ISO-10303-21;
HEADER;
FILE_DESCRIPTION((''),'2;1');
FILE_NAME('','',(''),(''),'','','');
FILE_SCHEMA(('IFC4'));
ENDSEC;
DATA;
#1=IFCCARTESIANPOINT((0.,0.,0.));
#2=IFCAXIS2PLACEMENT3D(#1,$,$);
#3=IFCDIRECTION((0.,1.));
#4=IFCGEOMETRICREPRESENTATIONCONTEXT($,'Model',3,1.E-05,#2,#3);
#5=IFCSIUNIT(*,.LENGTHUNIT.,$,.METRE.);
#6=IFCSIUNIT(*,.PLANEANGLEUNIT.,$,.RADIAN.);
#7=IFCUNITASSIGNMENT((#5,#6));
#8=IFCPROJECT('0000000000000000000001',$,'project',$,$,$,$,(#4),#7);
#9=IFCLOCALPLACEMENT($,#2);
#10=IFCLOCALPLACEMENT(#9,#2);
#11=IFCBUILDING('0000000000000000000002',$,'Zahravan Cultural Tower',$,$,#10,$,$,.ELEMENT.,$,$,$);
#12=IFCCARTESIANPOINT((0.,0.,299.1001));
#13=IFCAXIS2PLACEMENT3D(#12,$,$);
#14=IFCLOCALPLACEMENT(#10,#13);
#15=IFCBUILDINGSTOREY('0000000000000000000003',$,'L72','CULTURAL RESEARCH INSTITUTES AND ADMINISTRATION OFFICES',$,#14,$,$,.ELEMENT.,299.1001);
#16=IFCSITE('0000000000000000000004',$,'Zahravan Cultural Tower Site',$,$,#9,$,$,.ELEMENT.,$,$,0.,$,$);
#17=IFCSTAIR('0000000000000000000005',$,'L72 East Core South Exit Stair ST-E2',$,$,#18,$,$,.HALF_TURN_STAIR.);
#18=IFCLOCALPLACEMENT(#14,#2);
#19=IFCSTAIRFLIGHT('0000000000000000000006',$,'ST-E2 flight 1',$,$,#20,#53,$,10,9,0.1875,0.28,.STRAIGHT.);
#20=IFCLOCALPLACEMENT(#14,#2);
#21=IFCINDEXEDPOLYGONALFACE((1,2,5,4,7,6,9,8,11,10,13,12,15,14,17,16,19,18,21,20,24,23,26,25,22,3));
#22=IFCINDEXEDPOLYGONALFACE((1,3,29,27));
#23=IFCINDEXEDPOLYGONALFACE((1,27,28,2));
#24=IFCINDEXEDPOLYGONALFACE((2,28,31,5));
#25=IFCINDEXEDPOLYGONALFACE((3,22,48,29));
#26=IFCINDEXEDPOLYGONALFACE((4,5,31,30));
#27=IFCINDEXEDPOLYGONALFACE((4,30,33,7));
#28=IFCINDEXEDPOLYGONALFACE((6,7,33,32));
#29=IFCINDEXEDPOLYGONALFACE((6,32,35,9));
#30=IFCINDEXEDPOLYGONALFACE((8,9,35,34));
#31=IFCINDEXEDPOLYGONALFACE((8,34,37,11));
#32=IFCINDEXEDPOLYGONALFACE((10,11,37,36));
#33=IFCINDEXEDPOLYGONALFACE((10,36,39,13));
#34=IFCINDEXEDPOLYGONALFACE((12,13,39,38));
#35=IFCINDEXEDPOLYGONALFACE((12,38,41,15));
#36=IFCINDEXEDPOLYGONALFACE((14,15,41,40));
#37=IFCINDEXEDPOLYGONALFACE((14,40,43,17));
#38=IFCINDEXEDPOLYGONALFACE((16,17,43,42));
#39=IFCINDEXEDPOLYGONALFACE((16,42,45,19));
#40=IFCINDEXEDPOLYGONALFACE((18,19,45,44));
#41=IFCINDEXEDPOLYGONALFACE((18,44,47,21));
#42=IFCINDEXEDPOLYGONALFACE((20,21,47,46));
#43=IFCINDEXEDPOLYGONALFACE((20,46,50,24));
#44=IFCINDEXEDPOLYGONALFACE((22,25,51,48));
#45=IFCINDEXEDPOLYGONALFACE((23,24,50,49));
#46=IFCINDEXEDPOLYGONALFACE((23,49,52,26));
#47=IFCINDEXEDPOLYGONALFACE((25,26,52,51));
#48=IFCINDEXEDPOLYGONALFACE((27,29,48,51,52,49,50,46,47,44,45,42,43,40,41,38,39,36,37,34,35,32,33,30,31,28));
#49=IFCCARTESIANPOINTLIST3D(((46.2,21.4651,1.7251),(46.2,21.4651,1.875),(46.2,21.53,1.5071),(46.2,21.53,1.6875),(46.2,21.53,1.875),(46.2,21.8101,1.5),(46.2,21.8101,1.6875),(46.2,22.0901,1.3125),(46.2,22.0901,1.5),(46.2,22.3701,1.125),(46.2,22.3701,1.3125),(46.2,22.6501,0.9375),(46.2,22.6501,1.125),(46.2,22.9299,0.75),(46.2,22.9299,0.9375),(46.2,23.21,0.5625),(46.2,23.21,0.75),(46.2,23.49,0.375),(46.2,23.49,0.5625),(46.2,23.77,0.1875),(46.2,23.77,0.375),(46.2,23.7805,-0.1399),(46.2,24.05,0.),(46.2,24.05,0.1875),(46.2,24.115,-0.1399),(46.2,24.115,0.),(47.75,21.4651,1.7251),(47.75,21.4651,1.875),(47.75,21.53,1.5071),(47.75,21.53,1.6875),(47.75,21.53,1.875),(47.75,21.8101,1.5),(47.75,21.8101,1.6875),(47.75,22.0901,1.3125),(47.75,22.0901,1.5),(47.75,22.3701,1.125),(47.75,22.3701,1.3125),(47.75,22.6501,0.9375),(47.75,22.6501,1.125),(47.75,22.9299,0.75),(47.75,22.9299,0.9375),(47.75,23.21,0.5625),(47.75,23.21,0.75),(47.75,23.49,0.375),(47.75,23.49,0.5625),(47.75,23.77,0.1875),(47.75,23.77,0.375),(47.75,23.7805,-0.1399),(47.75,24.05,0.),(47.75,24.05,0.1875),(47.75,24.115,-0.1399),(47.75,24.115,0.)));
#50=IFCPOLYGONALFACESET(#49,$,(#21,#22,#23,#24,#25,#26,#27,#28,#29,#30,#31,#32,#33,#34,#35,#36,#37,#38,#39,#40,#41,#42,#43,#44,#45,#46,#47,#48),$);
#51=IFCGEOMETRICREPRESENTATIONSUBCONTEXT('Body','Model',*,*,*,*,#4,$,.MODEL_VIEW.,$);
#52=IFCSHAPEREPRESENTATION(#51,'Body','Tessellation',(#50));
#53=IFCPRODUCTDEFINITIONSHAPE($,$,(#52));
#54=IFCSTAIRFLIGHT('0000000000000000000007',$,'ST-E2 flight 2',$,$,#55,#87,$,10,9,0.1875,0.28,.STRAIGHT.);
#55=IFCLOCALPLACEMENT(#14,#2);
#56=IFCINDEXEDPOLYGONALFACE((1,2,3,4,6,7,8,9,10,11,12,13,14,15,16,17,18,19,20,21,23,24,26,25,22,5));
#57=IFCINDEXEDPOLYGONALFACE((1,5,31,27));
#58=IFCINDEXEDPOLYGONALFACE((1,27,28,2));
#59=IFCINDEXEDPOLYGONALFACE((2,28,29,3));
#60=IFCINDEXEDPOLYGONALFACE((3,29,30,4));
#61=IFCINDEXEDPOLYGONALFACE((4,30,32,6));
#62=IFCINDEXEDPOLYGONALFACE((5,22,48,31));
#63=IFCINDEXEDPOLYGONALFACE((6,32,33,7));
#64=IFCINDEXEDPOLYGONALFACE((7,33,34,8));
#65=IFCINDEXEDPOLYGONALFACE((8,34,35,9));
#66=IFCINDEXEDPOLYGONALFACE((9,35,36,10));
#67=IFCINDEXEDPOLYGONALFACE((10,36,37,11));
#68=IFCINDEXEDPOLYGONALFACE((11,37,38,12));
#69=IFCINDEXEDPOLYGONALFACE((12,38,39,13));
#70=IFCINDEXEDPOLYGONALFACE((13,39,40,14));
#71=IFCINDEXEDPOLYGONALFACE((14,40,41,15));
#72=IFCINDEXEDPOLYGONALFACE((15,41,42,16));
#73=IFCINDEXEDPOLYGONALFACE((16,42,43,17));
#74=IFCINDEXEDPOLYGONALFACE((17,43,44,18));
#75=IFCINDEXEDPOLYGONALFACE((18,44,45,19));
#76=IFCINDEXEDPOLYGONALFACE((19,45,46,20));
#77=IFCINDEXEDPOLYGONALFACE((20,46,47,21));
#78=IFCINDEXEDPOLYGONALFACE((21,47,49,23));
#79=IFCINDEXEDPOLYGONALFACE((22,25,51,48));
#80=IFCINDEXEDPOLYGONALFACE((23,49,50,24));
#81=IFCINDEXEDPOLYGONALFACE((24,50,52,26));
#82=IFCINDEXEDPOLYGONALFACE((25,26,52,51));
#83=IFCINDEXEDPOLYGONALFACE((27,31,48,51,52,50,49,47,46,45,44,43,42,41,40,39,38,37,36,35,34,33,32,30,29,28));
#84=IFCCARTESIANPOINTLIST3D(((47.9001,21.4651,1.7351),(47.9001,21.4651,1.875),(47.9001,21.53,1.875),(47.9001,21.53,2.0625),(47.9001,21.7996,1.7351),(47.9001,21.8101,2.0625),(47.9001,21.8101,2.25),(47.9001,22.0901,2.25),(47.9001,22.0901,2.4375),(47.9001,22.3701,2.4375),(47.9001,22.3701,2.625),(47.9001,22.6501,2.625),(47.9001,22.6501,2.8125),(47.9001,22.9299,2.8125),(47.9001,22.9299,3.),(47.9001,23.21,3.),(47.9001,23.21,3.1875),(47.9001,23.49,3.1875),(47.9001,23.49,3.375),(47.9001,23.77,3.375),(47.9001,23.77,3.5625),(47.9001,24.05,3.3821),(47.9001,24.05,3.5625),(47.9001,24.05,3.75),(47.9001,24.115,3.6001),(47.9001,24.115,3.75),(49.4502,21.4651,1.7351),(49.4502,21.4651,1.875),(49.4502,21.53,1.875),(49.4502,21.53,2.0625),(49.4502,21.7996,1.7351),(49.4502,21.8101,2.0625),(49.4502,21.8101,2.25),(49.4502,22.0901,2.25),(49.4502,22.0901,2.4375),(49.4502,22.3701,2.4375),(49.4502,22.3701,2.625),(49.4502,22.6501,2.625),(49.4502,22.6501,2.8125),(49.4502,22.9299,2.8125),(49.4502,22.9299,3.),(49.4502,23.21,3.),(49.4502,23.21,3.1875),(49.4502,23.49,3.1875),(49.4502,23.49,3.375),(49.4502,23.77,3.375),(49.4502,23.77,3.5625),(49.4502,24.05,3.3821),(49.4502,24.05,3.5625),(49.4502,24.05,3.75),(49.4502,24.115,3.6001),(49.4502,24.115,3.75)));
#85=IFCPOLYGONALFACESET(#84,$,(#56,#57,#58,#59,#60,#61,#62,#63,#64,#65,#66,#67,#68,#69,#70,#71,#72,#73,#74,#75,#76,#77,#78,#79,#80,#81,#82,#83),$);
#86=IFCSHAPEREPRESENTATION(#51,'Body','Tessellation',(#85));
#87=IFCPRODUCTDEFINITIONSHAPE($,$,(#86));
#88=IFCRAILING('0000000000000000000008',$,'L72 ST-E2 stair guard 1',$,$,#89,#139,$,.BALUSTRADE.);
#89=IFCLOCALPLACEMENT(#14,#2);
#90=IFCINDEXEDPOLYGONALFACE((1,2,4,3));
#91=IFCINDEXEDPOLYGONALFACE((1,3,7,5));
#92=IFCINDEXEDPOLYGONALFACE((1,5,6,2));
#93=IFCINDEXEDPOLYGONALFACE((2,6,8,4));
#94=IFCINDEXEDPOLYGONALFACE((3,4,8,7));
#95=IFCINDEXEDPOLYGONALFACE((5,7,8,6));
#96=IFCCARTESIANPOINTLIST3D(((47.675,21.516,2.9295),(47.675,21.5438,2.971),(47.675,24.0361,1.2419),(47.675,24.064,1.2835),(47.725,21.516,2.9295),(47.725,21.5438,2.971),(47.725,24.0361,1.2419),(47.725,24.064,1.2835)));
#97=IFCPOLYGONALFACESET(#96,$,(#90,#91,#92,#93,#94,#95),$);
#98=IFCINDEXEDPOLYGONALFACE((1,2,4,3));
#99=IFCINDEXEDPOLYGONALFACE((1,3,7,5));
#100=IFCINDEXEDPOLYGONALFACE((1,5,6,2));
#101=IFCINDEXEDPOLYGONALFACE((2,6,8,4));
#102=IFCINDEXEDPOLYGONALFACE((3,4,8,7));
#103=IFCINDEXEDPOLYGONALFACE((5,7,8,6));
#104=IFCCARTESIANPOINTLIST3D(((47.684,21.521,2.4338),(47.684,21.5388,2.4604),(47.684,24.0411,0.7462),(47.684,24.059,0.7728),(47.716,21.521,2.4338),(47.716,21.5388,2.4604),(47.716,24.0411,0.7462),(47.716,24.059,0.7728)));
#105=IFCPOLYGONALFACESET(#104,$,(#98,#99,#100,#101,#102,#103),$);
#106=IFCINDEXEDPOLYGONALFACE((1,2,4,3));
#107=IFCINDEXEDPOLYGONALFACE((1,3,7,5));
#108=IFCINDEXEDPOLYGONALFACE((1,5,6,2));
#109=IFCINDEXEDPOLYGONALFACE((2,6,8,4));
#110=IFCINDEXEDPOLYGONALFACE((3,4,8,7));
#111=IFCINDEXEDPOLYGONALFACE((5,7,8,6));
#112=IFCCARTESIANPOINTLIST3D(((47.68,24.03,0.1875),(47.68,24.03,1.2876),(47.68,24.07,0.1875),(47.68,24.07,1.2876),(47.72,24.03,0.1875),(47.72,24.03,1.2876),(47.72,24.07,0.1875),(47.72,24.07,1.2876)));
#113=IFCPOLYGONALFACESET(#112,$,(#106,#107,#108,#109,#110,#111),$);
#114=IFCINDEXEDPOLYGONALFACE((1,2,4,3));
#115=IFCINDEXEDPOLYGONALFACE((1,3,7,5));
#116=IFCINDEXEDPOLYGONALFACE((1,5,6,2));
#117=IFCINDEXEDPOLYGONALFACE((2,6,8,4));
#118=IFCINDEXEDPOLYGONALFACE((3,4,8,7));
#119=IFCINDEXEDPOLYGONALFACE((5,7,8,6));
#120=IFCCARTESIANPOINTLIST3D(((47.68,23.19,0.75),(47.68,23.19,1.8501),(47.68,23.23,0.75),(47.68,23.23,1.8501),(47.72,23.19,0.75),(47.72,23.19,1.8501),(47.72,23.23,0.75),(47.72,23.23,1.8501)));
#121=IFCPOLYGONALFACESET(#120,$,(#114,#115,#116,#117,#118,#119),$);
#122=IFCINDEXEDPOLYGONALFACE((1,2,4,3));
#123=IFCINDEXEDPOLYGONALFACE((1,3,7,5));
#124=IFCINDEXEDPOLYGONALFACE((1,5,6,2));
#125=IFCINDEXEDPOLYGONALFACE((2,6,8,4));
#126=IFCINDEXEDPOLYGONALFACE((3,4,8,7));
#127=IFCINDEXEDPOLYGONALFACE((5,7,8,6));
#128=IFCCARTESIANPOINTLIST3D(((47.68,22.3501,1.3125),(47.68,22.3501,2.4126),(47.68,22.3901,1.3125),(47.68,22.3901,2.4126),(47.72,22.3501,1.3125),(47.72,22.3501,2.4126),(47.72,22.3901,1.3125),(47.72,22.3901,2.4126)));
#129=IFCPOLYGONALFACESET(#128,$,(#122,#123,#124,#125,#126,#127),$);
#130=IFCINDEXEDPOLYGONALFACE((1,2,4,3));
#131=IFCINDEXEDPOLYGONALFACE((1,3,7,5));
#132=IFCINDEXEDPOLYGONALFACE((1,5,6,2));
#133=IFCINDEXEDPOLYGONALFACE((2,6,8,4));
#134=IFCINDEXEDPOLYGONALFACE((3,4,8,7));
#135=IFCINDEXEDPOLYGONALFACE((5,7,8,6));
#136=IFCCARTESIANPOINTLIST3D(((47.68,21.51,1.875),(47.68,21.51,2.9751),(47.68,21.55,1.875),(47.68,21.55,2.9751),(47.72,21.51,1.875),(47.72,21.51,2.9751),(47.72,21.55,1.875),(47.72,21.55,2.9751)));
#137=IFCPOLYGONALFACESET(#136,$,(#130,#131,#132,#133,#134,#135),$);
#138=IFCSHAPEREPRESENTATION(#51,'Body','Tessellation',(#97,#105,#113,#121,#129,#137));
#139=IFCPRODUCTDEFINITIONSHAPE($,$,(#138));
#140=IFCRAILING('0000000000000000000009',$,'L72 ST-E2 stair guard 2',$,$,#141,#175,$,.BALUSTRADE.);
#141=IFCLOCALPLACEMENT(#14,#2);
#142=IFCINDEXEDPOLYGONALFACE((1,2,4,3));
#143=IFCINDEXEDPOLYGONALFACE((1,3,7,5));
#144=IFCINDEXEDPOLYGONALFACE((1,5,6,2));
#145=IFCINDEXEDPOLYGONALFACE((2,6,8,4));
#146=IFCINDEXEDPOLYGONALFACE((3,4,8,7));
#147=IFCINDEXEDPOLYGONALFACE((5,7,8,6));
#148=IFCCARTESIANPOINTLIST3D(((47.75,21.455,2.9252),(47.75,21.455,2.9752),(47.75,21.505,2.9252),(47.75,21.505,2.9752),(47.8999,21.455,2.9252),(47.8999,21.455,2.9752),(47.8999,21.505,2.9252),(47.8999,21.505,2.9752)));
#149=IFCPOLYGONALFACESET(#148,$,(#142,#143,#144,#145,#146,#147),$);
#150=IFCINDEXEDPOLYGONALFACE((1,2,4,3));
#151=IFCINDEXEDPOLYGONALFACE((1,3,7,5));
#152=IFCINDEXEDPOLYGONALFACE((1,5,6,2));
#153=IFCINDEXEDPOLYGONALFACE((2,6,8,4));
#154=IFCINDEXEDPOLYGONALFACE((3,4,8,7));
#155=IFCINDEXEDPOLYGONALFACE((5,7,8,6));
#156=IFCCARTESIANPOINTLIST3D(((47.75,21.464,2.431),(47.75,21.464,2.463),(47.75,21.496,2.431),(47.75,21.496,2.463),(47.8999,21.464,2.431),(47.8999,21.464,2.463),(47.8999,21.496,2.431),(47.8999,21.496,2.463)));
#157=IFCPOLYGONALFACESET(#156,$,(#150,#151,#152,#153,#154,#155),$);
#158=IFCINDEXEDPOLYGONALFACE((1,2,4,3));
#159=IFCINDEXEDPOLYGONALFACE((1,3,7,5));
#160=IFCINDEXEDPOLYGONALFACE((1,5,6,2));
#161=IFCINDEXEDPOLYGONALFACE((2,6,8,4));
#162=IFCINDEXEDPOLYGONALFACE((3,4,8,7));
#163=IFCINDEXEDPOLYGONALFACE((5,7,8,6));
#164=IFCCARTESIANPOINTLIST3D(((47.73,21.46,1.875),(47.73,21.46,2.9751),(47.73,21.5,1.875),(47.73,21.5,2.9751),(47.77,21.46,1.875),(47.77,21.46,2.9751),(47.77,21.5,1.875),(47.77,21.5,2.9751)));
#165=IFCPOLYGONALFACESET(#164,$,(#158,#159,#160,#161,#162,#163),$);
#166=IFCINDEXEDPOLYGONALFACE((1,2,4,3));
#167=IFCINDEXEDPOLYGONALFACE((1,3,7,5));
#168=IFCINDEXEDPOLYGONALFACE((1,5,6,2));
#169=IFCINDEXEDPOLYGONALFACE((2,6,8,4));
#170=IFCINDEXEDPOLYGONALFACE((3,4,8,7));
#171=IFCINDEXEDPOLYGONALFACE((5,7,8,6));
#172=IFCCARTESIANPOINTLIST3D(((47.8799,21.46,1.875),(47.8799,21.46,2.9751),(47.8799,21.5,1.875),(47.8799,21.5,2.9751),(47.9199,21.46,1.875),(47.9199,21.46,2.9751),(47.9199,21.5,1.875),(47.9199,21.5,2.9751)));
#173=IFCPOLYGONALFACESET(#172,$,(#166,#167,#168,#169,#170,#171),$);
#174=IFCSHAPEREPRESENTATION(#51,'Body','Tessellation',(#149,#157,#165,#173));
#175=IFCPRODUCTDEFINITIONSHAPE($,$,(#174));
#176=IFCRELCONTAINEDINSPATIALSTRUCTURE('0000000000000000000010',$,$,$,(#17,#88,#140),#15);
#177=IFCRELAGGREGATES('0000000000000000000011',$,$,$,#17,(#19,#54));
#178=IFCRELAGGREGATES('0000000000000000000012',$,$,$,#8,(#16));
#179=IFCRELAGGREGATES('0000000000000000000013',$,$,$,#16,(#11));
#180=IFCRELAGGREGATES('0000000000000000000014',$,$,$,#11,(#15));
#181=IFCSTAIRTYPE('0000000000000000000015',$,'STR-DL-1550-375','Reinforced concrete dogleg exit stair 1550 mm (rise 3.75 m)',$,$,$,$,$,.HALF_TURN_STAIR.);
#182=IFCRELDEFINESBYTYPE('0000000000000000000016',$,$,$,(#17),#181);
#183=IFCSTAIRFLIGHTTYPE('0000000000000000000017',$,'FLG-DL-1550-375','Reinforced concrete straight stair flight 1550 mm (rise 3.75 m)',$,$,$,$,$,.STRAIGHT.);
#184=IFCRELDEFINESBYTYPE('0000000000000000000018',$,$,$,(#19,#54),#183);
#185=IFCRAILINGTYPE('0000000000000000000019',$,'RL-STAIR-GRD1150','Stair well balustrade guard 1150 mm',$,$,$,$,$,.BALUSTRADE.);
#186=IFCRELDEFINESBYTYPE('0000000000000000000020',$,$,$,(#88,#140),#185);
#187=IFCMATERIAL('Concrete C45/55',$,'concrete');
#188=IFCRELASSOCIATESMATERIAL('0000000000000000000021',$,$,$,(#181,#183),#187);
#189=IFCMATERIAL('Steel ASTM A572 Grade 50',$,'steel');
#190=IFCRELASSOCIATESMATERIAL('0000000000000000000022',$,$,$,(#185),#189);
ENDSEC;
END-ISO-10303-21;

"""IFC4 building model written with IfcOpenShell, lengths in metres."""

from ifc_helpers import new_model, si_unit, direction, frame, origin, origin_2d, place, context, subcontext, project, spatial, polyline, rectangle, outline, extrude, material, type_object, element, aggregate, save


model = new_model("IFC4")

# Units and contexts
model_context = context("Model", 3, precision=1e-05, world=origin(), true_north=direction((0.0, 1.0)))
body_context = subcontext(model_context, "Body", "Model", "MODEL_VIEW")
ifc_project = project(units=[si_unit("LENGTHUNIT", "METRE"), si_unit("PLANEANGLEUNIT", "RADIAN")], contexts=[model_context])

# Site, building, storey
site_placement = place(None, origin())
site = spatial("IfcSite", under=ifc_project, at=site_placement, Name="Zahravan Cultural Tower Site", CompositionType="ELEMENT", RefElevation=0.0)
building_placement = place(site_placement, origin())
building = spatial("IfcBuilding", under=site, at=building_placement, Name="Zahravan Cultural Tower", CompositionType="ELEMENT")
storey_placement = place(building_placement, frame((0.0, 0.0, 299.1001)))
storey = spatial("IfcBuildingStorey", under=building, at=storey_placement, Name="L72", Description="CULTURAL RESEARCH INSTITUTES AND ADMINISTRATION OFFICES", CompositionType="ELEMENT", Elevation=299.1001)

# Shared definitions
ifc_material_1 = material(Name="Steel ASTM A572 Grade 50", Category="steel")

# Shared definitions
ifc_material_2 = material(Name="Concrete C45/55", Category="concrete")

# Stair, stair flights
stair_type = type_object("IfcStairType", Name="STR-DL-1550-375", Description="Reinforced concrete dogleg exit stair 1550 mm (rise 3.75 m)", PredefinedType="HALF_TURN_STAIR", material=ifc_material_2)
stair_placement = place(storey_placement, origin())
stair = element("IfcStair", 1, at=stair_placement, inside=storey, type_object=stair_type, Name="L72 East Core South Exit Stair ST-E2", PredefinedType="HALF_TURN_STAIR")
stair_flight_type = type_object("IfcStairFlightType", Name="FLG-DL-1550-375", Description="Reinforced concrete straight stair flight 1550 mm (rise 3.75 m)", PredefinedType="STRAIGHT", material=ifc_material_2)
stair_flight_1_placement = place(storey_placement, frame((46.9751, 24.05, 0.0), z_axis=(0.0, 0.0, 1.0), x_axis=(0.0, -1.0, 0.0)))
stair_flight_1 = element("IfcStairFlight", 2, at=stair_flight_1_placement, type_object=stair_flight_type, Name="ST-E2 flight 1", NumberOfRisers=10, NumberOfTreads=9, PredefinedType="STRAIGHT", RiserHeight=0.1875, TreadLength=0.28, context=body_context, shape_type="SweptSolid", body=[
    extrude(outline(polyline([(-0.0649, -0.1399), (-0.0649, 0.0), (0.0, 0.0), (0.0, 0.1875), (0.28, 0.1875), (0.28, 0.375), (0.5601, 0.375), (0.5601, 0.5625), (0.8401, 0.5625), (0.8401, 0.75), (1.1201, 0.75), (1.1201, 0.9375), (1.3999, 0.9375), (1.3999, 1.125), (1.6799, 1.125), (1.6799, 1.3125), (1.96, 1.3125), (1.96, 1.5), (2.24, 1.5), (2.24, 1.6875), (2.52, 1.6875), (2.52, 1.875), (2.585, 1.875), (2.585, 1.7251), (2.52, 1.5071), (0.2695, -0.1399), (-0.0649, -0.1399)])), frame((0.0, 0.7749, 0.0), z_axis=(0.0, -1.0, 0.0), x_axis=(1.0, 0.0, 0.0)), (0.0, 0.0, 1.0), 1.55),
])
stair_flight_2_placement = place(storey_placement, frame((48.675, 21.53, 1.875), z_axis=(0.0, 0.0, 1.0), x_axis=(0.0, 1.0, 0.0)))
stair_flight_2 = element("IfcStairFlight", 3, at=stair_flight_2_placement, type_object=stair_flight_type, Name="ST-E2 flight 2", NumberOfRisers=10, NumberOfTreads=9, PredefinedType="STRAIGHT", RiserHeight=0.1875, TreadLength=0.28, context=body_context, shape_type="SweptSolid", body=[
    extrude(outline(polyline([(-0.0649, -0.1399), (-0.0649, 0.0), (0.0, 0.0), (0.0, 0.1875), (0.28, 0.1875), (0.28, 0.375), (0.5601, 0.375), (0.5601, 0.5625), (0.8401, 0.5625), (0.8401, 0.75), (1.1201, 0.75), (1.1201, 0.9375), (1.3999, 0.9375), (1.3999, 1.125), (1.6799, 1.125), (1.6799, 1.3125), (1.96, 1.3125), (1.96, 1.5), (2.24, 1.5), (2.24, 1.6875), (2.52, 1.6875), (2.52, 1.875), (2.585, 1.875), (2.585, 1.7251), (2.52, 1.5071), (0.2695, -0.1399), (-0.0649, -0.1399)])), frame((0.0, 0.7749, 0.0), z_axis=(0.0, -1.0, 0.0), x_axis=(1.0, 0.0, 0.0)), (0.0, 0.0, 1.0), 1.55),
])
aggregate(stair, [stair_flight_1, stair_flight_2])

# Railings
railing_type_1 = type_object("IfcRailingType", Name="RL-STAIR-GRD1150", Description="Stair well balustrade guard 1150 mm", PredefinedType="BALUSTRADE", material=ifc_material_1)
railing_1_placement = place(storey_placement, frame((47.7, 24.05, 0.1875)))
element("IfcRailing", 4, at=railing_1_placement, inside=storey, type_object=railing_type_1, Name="L72 ST-E2 stair guard 1", PredefinedType="BALUSTRADE", context=body_context, shape_type="SweptSolid", body=[
    extrude(rectangle(XDim=0.05, YDim=0.05, at=origin_2d()), frame((0.0, 0.0, 1.0752), z_axis=(0.0, -0.830909, 0.556408), x_axis=(1.0, 0.0, 0.0)), (0.0, 0.0, 1.0), 3.033),
    extrude(rectangle(XDim=0.032, YDim=0.032, at=origin_2d()), frame((0.0, 0.0, 0.572), z_axis=(0.0, -0.830909, 0.556408), x_axis=(1.0, 0.0, 0.0)), (0.0, 0.0, 1.0), 3.033),
    extrude(rectangle(XDim=0.04, YDim=0.04, at=origin_2d()), origin(), (0.0, 0.0, 1.0), 1.1001),
    extrude(rectangle(XDim=0.04, YDim=0.04, at=origin_2d()), frame((0.0, -0.8401, 0.5625)), (0.0, 0.0, 1.0), 1.1001),
    extrude(rectangle(XDim=0.04, YDim=0.04, at=origin_2d()), frame((0.0, -1.6799, 1.125)), (0.0, 0.0, 1.0), 1.1001),
    extrude(rectangle(XDim=0.04, YDim=0.04, at=origin_2d()), frame((0.0, -2.52, 1.6875)), (0.0, 0.0, 1.0), 1.1001),
])
railing_2_placement = place(storey_placement, frame((47.75, 21.48, 1.875)))
element("IfcRailing", 5, at=railing_2_placement, inside=storey, type_object=railing_type_1, Name="L72 ST-E2 stair guard 2", PredefinedType="BALUSTRADE", context=body_context, shape_type="SweptSolid", body=[
    extrude(rectangle(XDim=0.05, YDim=0.05, at=origin_2d()), frame((0.0, 0.0, 1.0752), z_axis=(1.0, 0.0, 0.0), x_axis=(0.0, 1.0, 0.0)), (0.0, 0.0, 1.0), 0.1499),
    extrude(rectangle(XDim=0.032, YDim=0.032, at=origin_2d()), frame((0.0, 0.0, 0.572), z_axis=(1.0, 0.0, 0.0), x_axis=(0.0, 1.0, 0.0)), (0.0, 0.0, 1.0), 0.1499),
    extrude(rectangle(XDim=0.04, YDim=0.04, at=origin_2d()), origin(), (0.0, 0.0, 1.0), 1.1001),
    extrude(rectangle(XDim=0.04, YDim=0.04, at=origin_2d()), frame((0.1499, 0.0, 0.0)), (0.0, 0.0, 1.0), 1.1001),
])

save(model, "model.ifc")
